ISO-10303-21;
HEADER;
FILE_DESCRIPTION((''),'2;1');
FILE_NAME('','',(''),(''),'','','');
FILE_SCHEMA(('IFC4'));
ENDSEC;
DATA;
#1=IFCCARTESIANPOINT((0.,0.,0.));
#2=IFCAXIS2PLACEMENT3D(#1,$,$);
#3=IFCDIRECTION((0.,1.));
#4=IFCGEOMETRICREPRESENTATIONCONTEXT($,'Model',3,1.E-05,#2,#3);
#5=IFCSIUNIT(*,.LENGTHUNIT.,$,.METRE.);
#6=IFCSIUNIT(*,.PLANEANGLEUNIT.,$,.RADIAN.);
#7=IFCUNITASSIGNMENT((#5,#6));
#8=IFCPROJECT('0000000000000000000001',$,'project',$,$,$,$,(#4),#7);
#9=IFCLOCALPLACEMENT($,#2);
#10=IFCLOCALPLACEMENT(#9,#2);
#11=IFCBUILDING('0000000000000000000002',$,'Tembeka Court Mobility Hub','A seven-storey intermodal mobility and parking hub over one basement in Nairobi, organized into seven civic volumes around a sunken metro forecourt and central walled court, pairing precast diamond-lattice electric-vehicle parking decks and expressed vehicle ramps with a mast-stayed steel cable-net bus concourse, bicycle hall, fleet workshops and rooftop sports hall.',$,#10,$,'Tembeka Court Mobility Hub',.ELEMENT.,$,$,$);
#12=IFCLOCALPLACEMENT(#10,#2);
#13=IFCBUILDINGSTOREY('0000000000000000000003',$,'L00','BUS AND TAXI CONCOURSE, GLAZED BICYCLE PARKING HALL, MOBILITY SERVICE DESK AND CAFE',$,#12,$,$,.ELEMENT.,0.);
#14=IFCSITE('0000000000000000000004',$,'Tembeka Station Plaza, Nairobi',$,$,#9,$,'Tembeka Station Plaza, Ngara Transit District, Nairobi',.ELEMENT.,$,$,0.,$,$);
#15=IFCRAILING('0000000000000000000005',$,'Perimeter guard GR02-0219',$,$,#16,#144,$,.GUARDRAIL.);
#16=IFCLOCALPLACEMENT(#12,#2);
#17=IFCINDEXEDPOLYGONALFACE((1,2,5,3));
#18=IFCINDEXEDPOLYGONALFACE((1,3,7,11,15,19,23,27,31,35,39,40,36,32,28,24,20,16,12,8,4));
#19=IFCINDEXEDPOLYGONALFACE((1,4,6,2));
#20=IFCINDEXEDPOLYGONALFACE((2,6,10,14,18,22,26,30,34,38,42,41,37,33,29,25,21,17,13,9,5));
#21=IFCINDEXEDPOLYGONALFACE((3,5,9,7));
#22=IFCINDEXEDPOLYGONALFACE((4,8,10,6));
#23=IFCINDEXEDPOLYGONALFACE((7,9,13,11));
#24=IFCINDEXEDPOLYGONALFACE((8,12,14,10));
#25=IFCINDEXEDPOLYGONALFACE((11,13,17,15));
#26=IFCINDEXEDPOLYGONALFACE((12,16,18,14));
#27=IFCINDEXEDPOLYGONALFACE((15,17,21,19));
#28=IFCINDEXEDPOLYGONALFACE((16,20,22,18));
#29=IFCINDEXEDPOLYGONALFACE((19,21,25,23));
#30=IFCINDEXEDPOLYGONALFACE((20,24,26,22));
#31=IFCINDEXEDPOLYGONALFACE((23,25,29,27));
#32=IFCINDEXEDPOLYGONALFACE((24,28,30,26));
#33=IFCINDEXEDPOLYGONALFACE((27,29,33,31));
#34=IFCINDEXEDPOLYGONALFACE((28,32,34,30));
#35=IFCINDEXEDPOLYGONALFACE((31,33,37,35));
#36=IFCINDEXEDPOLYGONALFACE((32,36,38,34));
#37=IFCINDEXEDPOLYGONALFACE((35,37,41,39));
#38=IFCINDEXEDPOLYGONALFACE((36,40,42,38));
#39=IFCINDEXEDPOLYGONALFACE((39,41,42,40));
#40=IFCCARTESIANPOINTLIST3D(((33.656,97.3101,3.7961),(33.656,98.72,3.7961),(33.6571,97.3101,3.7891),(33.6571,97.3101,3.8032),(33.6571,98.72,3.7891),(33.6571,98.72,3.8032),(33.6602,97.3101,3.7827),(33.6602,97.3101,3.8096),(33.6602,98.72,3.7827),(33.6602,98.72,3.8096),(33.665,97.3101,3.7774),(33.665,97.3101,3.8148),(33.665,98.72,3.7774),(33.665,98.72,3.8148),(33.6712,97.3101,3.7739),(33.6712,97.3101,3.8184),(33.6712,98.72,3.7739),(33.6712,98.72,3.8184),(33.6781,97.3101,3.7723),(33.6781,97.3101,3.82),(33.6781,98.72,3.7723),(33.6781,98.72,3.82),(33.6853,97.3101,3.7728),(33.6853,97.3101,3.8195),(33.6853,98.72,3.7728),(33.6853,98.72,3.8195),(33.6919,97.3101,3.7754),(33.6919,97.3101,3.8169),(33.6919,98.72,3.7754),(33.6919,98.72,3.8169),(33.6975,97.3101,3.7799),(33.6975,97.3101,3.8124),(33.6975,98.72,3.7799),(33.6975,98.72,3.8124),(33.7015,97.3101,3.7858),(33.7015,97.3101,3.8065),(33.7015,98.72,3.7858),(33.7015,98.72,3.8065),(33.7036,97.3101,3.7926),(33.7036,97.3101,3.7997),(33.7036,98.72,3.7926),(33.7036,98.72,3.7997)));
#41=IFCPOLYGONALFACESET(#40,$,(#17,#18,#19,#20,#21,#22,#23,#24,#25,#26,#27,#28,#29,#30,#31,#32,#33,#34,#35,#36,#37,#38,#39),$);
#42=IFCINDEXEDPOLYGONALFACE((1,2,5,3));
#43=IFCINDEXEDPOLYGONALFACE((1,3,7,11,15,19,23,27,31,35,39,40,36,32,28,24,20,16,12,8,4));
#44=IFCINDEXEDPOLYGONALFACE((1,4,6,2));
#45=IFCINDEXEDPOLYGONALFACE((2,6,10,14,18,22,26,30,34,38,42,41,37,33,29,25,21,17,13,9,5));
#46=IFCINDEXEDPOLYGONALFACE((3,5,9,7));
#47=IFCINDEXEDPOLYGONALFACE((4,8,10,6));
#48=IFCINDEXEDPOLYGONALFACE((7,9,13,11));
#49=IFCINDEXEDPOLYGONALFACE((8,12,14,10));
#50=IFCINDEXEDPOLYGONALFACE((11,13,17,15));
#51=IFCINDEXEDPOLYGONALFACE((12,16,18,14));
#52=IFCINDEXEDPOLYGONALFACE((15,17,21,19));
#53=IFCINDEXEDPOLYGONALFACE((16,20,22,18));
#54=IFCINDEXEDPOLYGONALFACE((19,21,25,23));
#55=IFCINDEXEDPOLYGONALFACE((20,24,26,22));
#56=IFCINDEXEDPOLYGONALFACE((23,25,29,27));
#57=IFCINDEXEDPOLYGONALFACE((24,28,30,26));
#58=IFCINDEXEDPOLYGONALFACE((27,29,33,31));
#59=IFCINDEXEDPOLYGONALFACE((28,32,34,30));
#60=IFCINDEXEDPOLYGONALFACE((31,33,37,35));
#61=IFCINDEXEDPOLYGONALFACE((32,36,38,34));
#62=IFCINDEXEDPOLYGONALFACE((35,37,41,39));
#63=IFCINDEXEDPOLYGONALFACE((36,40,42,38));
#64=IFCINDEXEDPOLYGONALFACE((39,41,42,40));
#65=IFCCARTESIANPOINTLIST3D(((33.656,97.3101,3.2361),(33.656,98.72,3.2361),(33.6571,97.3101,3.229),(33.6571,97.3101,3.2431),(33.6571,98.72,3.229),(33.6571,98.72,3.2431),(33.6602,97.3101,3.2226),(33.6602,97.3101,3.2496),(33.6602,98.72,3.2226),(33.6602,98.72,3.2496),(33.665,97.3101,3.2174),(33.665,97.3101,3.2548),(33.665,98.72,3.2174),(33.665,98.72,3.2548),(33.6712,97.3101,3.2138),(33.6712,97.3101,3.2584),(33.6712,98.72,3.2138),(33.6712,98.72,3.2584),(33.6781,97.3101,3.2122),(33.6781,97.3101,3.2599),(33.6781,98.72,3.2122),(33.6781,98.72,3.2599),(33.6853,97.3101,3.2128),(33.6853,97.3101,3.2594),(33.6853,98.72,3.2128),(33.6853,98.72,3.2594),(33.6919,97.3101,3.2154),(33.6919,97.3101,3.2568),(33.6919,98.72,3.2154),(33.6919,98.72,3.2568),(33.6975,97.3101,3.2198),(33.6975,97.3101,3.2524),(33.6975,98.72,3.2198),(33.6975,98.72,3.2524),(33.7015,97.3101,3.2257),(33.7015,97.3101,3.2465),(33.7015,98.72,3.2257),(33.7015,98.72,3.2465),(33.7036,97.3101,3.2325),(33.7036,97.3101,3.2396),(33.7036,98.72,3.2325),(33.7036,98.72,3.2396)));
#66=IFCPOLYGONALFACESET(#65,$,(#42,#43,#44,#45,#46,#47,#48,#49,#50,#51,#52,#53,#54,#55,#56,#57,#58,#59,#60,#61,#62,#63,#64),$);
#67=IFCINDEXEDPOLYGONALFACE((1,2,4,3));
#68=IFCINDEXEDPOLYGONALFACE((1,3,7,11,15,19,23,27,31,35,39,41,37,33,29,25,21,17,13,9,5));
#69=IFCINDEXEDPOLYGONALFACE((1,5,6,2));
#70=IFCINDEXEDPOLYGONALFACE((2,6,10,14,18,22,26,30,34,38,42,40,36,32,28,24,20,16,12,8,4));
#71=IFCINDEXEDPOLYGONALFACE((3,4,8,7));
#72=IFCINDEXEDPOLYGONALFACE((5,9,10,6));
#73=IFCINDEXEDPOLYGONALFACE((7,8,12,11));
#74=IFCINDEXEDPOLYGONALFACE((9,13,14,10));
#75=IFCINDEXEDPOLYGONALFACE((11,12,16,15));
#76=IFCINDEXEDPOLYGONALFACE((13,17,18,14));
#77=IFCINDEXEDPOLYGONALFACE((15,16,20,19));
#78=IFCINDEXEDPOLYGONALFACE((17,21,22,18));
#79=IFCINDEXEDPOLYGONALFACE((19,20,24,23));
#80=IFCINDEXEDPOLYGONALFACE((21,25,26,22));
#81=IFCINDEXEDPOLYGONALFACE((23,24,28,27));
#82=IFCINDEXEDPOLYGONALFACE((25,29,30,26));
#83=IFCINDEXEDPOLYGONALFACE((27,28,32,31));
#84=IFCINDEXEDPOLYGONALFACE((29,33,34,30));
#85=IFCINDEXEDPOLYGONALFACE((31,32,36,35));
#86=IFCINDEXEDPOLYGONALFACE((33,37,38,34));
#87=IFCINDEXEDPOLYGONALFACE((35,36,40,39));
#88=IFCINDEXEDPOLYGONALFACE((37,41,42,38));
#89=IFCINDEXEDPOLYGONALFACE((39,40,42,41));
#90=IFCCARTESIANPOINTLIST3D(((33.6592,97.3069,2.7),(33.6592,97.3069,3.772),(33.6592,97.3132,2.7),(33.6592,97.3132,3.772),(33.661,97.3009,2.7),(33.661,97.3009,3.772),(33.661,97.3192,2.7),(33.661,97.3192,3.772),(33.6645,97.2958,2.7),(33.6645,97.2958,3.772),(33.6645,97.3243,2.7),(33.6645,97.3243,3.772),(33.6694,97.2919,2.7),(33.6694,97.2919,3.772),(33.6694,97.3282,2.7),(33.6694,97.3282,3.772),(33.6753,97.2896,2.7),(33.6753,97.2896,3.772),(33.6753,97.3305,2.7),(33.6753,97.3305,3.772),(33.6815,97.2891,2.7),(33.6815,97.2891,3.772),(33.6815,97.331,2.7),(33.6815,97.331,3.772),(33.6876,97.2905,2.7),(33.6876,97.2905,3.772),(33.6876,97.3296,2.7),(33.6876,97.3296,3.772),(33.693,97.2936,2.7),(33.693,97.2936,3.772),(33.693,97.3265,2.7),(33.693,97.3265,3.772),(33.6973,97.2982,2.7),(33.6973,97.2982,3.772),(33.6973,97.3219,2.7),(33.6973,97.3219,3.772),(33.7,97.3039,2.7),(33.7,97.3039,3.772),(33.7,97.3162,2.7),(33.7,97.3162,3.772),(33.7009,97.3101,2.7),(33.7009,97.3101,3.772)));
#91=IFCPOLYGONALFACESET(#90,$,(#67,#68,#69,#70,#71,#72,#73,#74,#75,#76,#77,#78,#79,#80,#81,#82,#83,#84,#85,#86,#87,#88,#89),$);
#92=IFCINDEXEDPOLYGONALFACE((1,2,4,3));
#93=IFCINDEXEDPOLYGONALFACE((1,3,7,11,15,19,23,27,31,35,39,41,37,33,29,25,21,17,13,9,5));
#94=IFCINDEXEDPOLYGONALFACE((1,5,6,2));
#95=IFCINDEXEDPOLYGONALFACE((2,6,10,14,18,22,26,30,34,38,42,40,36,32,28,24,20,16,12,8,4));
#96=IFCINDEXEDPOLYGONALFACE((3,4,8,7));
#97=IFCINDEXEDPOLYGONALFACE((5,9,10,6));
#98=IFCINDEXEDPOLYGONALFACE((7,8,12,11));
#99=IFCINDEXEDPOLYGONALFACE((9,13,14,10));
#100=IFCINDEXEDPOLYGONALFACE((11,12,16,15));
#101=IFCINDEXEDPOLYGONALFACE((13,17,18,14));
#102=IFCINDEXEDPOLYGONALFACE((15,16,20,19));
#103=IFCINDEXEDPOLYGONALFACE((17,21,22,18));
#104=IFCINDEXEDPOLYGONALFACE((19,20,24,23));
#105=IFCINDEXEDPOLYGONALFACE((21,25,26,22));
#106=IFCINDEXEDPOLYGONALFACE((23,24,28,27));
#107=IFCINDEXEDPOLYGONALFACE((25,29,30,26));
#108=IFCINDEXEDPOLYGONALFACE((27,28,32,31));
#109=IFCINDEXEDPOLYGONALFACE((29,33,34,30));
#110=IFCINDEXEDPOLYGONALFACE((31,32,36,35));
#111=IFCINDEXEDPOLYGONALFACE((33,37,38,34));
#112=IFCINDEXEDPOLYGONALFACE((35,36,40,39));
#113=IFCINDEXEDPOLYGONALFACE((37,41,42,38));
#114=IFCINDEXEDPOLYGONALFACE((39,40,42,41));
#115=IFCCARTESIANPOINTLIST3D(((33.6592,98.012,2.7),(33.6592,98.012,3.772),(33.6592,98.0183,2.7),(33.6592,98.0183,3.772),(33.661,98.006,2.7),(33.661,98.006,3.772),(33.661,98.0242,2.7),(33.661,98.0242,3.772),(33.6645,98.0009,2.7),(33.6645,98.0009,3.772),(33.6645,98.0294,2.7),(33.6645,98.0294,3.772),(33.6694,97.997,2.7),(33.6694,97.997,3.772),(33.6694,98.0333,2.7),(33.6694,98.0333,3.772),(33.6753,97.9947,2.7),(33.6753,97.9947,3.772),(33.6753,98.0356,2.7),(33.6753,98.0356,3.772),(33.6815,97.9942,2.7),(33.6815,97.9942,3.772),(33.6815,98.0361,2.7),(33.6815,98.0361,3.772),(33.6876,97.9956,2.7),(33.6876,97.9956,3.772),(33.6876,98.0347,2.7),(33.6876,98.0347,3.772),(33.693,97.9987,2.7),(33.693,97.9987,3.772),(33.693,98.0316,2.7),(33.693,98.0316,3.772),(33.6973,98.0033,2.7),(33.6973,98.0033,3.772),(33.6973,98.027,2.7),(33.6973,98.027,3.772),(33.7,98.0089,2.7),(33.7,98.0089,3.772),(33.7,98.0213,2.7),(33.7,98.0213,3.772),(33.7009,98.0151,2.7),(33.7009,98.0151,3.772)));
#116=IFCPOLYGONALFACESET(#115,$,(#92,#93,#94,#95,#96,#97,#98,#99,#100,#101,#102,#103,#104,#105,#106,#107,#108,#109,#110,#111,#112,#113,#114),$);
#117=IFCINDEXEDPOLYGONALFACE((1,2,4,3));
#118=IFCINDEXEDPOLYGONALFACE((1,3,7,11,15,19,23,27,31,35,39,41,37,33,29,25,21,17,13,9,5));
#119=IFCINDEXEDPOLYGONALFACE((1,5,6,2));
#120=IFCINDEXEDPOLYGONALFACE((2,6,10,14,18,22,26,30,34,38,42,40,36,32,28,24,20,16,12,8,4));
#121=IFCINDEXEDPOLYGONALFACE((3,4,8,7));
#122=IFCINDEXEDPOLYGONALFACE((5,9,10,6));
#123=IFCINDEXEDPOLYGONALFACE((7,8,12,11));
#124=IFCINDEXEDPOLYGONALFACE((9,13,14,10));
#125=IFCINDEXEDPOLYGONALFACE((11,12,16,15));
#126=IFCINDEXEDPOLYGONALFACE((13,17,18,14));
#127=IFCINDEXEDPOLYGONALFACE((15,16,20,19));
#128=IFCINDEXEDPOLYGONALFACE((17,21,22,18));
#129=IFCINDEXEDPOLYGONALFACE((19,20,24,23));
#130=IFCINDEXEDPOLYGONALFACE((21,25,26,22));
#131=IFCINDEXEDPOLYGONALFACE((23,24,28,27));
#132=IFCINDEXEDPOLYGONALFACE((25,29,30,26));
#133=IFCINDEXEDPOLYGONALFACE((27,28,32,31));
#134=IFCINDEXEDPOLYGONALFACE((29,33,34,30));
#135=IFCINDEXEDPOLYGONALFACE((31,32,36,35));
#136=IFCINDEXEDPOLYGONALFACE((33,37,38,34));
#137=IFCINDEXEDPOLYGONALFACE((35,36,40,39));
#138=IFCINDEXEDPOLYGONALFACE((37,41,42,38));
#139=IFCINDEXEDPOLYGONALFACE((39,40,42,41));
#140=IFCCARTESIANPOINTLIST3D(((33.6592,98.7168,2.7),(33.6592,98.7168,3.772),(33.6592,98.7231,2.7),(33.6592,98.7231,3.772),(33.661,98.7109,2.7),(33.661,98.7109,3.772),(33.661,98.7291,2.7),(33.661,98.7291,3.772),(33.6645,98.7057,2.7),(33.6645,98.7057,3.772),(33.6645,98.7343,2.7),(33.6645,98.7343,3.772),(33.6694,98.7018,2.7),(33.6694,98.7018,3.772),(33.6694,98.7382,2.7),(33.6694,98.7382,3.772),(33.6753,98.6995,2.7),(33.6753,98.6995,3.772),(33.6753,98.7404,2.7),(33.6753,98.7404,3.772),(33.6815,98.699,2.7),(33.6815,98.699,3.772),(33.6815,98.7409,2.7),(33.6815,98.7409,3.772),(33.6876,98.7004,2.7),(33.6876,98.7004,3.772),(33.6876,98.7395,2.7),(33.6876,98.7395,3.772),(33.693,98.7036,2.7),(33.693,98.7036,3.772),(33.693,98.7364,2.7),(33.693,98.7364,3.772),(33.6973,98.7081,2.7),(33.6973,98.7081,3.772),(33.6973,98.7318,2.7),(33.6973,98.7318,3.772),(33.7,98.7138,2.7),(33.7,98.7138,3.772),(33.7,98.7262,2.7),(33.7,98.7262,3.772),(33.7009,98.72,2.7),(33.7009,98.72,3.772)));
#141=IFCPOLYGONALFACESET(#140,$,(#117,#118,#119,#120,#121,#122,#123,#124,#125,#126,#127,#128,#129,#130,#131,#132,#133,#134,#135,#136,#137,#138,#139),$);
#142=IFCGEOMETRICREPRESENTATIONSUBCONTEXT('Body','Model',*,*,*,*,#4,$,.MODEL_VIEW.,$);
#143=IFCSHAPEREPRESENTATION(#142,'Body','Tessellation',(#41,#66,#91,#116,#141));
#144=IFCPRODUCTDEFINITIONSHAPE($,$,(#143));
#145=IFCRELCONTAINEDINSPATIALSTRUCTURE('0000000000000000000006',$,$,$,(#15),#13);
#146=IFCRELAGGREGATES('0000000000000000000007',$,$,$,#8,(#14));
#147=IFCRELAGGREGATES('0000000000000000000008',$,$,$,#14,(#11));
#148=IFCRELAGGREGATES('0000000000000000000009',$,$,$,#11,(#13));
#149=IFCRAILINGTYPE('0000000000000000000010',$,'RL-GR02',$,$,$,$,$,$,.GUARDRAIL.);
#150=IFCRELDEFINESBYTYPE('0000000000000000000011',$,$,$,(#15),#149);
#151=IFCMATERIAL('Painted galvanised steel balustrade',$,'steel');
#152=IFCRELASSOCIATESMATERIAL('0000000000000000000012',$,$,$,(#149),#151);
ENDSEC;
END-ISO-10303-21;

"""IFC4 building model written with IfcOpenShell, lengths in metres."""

from ifc_helpers import new_model, si_unit, direction, frame, origin, origin_2d, place, context, subcontext, project, spatial, circle, extrude, material, type_object, element, save


model = new_model("IFC4")

# Units and contexts
model_context = context("Model", 3, precision=1e-05, world=origin(), true_north=direction((0.0, 1.0)))
body_context = subcontext(model_context, "Body", "Model", "MODEL_VIEW")
ifc_project = project(units=[si_unit("LENGTHUNIT", "METRE"), si_unit("PLANEANGLEUNIT", "RADIAN")], contexts=[model_context])

# Site, building, storey
site_placement = place(None, origin())
site = spatial("IfcSite", under=ifc_project, at=site_placement, Name="Tembeka Station Plaza, Nairobi", LongName="Tembeka Station Plaza, Ngara Transit District, Nairobi", CompositionType="ELEMENT", RefElevation=0.0)
building_placement = place(site_placement, origin())
building = spatial("IfcBuilding", under=site, at=building_placement, Name="Tembeka Court Mobility Hub", Description="A seven-storey intermodal mobility and parking hub over one basement in Nairobi, organized into seven civic volumes around a sunken metro forecourt and central walled court, pairing precast diamond-lattice electric-vehicle parking decks and expressed vehicle ramps with a mast-stayed steel cable-net bus concourse, bicycle hall, fleet workshops and rooftop sports hall.", LongName="Tembeka Court Mobility Hub", CompositionType="ELEMENT")
storey_placement = place(building_placement, origin())
storey = spatial("IfcBuildingStorey", under=building, at=storey_placement, Name="L00", Description="BUS AND TAXI CONCOURSE, GLAZED BICYCLE PARKING HALL, MOBILITY SERVICE DESK AND CAFE", CompositionType="ELEMENT", Elevation=0.0)

# Railing
ifc_material_1 = material(Name="Painted galvanised steel balustrade", Category="steel")
railing_type = type_object("IfcRailingType", Name="RL-GR02", PredefinedType="GUARDRAIL", material=ifc_material_1)
railing_1_placement = place(storey_placement, frame((33.6799, 97.3101, 2.7)))
element("IfcRailing", 1, at=railing_1_placement, inside=storey, type_object=railing_type, Name="Perimeter guard GR02-0219", PredefinedType="GUARDRAIL", context=body_context, shape_type="SweptSolid", body=[
    extrude(circle(Radius=0.0239, at=origin_2d()), frame((0.0, 0.0, 1.0962), z_axis=(0.0, 1.0, 0.0), x_axis=(-1.0, 0.0, 0.0)), (0.0, 0.0, 1.0), 1.4099),
    extrude(circle(Radius=0.0239, at=origin_2d()), frame((0.0, 0.0, 0.5361), z_axis=(0.0, 1.0, 0.0), x_axis=(-1.0, 0.0, 0.0)), (0.0, 0.0, 1.0), 1.4099),
    extrude(circle(Radius=0.021, at=origin_2d()), origin(), (0.0, 0.0, 1.0), 1.072),
    extrude(circle(Radius=0.021, at=origin_2d()), frame((0.0, 0.7051, 0.0)), (0.0, 0.0, 1.0), 1.072),
    extrude(circle(Radius=0.021, at=origin_2d()), frame((0.0, 1.4099, 0.0)), (0.0, 0.0, 1.0), 1.072),
])

save(model, "model.ifc")
